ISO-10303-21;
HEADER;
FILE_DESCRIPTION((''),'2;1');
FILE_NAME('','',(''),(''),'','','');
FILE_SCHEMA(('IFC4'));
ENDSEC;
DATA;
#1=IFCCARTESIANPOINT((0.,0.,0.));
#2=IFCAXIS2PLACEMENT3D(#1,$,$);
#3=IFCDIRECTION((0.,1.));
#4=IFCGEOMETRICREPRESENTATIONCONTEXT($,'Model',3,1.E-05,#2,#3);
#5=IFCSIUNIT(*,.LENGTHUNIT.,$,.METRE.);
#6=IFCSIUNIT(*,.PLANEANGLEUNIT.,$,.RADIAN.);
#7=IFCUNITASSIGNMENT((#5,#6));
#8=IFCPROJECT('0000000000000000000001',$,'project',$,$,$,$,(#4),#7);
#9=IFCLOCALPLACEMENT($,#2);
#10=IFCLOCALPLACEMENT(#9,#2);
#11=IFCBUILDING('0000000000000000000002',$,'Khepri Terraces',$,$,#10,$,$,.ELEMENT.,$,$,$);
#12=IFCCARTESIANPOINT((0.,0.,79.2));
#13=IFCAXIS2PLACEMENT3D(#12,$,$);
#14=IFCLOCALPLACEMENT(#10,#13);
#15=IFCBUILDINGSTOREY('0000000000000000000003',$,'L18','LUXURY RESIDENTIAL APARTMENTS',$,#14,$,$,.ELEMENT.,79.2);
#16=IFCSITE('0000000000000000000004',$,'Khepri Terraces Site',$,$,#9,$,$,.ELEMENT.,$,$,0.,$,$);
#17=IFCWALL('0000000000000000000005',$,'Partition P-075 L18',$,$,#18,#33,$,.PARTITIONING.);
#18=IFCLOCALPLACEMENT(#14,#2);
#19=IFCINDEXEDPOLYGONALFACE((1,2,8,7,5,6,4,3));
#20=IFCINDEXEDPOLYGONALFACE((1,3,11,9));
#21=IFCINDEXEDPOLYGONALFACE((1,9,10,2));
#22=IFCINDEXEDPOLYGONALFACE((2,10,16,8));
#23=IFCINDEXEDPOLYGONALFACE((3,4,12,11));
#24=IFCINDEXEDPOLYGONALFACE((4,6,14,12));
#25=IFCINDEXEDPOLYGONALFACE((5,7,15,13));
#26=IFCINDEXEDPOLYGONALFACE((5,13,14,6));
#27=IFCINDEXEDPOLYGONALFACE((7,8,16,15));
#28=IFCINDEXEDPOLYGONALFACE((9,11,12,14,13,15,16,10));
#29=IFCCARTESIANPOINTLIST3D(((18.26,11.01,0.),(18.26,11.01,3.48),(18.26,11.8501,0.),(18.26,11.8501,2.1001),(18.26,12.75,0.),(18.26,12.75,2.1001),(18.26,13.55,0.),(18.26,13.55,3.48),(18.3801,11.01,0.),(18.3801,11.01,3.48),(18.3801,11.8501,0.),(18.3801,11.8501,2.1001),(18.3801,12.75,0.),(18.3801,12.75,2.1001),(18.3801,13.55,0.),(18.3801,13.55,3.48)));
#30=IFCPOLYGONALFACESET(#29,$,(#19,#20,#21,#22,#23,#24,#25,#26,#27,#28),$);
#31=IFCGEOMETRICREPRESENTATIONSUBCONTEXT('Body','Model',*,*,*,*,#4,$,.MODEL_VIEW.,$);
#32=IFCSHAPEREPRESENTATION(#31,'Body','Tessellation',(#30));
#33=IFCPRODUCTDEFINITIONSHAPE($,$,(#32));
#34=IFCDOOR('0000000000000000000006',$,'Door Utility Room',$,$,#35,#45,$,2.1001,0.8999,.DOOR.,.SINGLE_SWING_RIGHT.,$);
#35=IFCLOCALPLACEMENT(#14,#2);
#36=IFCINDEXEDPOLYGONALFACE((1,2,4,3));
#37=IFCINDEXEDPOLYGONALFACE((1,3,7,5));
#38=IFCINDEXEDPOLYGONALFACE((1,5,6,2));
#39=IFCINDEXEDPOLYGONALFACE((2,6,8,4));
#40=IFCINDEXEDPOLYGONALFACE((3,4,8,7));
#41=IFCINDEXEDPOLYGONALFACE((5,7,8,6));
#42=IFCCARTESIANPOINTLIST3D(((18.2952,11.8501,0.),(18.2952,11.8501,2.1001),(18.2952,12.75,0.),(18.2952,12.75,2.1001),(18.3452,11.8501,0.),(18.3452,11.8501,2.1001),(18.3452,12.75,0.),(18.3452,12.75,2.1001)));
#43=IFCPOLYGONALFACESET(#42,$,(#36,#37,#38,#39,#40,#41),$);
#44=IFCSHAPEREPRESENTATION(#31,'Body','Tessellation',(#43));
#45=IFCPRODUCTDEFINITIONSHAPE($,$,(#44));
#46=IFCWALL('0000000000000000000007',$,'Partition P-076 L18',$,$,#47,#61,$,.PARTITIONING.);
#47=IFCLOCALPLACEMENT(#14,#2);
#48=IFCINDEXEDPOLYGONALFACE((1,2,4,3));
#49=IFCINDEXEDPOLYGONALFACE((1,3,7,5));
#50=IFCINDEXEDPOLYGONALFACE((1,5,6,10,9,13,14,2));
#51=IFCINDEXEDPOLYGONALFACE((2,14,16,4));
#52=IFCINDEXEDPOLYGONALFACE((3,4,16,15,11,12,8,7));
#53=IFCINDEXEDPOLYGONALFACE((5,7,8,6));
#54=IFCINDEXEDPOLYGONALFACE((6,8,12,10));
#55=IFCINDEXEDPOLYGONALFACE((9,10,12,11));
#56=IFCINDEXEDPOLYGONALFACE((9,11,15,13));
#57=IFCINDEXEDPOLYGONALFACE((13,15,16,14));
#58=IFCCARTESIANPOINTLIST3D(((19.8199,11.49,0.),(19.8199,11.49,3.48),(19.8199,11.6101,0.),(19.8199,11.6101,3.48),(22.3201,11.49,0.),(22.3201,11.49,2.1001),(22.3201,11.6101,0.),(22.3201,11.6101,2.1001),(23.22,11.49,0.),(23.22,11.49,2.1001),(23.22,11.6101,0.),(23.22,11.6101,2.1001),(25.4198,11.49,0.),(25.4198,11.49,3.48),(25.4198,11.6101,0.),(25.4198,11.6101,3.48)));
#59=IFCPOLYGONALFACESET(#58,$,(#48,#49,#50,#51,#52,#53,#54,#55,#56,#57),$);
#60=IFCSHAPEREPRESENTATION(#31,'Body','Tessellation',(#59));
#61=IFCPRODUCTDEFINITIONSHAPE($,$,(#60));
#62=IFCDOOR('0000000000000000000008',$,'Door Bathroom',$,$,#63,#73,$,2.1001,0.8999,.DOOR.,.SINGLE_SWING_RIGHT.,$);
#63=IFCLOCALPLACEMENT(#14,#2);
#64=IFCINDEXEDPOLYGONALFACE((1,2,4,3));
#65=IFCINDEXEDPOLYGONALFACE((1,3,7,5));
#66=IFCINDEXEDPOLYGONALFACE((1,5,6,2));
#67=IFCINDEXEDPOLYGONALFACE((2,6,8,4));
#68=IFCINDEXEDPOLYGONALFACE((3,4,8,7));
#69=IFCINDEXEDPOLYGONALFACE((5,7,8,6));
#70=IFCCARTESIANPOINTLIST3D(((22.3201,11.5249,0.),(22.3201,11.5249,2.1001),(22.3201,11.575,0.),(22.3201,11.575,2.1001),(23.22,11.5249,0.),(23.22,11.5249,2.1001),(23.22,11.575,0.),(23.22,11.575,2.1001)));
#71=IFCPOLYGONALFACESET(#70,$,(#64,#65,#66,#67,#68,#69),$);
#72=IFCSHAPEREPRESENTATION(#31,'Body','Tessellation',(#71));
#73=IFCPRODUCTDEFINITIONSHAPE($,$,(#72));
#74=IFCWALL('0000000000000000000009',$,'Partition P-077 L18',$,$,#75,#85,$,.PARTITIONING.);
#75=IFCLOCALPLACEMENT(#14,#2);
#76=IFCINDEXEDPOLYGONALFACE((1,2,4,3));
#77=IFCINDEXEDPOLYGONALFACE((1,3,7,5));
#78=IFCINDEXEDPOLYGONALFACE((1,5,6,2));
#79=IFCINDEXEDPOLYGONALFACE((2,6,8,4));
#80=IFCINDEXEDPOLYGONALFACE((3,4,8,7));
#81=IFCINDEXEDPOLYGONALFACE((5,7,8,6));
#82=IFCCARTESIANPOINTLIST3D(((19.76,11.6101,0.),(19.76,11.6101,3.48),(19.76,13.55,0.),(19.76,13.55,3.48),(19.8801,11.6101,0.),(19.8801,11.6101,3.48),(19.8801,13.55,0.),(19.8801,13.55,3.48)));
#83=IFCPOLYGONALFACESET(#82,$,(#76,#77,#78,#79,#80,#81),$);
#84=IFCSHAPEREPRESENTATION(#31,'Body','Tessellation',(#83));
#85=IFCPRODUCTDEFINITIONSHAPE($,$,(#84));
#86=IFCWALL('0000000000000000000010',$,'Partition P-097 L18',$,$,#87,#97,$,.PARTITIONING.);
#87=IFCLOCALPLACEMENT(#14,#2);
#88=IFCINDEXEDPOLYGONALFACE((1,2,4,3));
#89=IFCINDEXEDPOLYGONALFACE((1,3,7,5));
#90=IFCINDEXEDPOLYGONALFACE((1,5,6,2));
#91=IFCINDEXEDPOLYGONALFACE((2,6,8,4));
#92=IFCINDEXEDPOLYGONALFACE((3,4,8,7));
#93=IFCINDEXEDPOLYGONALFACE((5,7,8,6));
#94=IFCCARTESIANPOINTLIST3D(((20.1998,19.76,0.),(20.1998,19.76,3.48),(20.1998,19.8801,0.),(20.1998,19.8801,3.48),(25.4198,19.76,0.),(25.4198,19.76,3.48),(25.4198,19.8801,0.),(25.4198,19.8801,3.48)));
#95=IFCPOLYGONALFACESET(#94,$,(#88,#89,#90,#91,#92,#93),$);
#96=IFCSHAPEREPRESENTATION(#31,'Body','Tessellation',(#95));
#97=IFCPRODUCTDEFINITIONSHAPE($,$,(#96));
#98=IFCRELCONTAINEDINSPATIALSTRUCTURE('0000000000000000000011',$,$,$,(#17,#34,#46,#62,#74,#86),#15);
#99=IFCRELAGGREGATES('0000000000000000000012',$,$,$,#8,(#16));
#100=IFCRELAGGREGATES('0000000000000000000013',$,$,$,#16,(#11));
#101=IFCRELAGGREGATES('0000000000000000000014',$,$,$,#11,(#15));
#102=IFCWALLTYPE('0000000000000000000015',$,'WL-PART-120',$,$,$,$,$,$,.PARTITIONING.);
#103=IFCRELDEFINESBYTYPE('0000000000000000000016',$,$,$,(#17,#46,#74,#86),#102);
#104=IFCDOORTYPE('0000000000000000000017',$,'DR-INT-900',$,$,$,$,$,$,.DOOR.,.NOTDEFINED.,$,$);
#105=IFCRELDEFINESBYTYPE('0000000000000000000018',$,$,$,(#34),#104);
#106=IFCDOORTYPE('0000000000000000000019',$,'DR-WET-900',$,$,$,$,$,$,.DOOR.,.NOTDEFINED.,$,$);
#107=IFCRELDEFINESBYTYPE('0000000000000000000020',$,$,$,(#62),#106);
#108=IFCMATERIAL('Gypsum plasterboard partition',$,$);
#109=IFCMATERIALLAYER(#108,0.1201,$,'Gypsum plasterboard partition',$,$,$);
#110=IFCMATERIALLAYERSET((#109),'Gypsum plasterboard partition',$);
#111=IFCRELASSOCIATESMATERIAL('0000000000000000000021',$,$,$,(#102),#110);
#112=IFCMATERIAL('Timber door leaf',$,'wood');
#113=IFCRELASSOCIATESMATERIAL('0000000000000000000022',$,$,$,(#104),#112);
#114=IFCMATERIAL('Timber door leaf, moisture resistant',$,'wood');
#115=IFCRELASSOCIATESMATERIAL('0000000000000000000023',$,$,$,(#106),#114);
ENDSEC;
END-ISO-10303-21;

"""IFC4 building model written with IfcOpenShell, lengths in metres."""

from ifc_helpers import new_model, si_unit, direction, frame, frame_2d, origin, place, context, subcontext, project, spatial, rectangle, extrude, material, layer, layer_set, type_object, element, fill, save


model = new_model("IFC4")

# Units and contexts
model_context = context("Model", 3, precision=1e-05, world=origin(), true_north=direction((0.0, 1.0)))
body_context = subcontext(model_context, "Body", "Model", "MODEL_VIEW")
ifc_project = project(units=[si_unit("LENGTHUNIT", "METRE"), si_unit("PLANEANGLEUNIT", "RADIAN")], contexts=[model_context])

# Site, building, storey
site_placement = place(None, origin())
site = spatial("IfcSite", under=ifc_project, at=site_placement, Name="Khepri Terraces Site", CompositionType="ELEMENT", RefElevation=0.0)
building_placement = place(site_placement, origin())
building = spatial("IfcBuilding", under=site, at=building_placement, Name="Khepri Terraces", CompositionType="ELEMENT")
storey_placement = place(building_placement, frame((0.0, 0.0, 79.2)))
storey = spatial("IfcBuildingStorey", under=building, at=storey_placement, Name="L18", Description="LUXURY RESIDENTIAL APARTMENTS", CompositionType="ELEMENT", Elevation=79.2)

# Walls, openings, doors
ifc_material_1 = material(Name="Gypsum plasterboard partition")
ifc_layer_1 = layer(ifc_material_1, 0.1201, Name="Gypsum plasterboard partition")
ifc_layer_set_1 = layer_set([ifc_layer_1], Name="Gypsum plasterboard partition")
wall_type_1 = type_object("IfcWallType", Name="WL-PART-120", PredefinedType="PARTITIONING", material=ifc_layer_set_1)
wall_1_placement = place(storey_placement, frame((18.3201, 11.01, 0.0), z_axis=(0.0, 0.0, 1.0), x_axis=(0.0, 1.0, 0.0)))
wall_1 = element("IfcWall", 1, at=wall_1_placement, inside=storey, type_object=wall_type_1, Name="Partition P-075 L18", PredefinedType="PARTITIONING", context=body_context, shape_type="SweptSolid", body=[
    extrude(rectangle(XDim=2.54, YDim=0.1201, at=frame_2d((1.27, 0.0))), origin(), (0.0, 0.0, 1.0), 3.48),
])
opening_1_placement = place(wall_1_placement, frame((0.8401, 0.0, 0.0)))
opening_1 = element("IfcOpeningElement", 2, at=opening_1_placement, cuts=wall_1, PredefinedType="OPENING", context=body_context, shape_type="SweptSolid", body=[
    extrude(rectangle(XDim=0.8999, YDim=2.1001, at=frame_2d((0.45, 1.05))), frame((0.0, 0.0701, 0.0), z_axis=(0.0, -1.0, 0.0), x_axis=(1.0, 0.0, 0.0)), (0.0, 0.0, 1.0), 0.1401),
])
ifc_material_2 = material(Name="Timber door leaf", Category="wood")
door_type_1 = type_object("IfcDoorType", Name="DR-INT-900", OperationType="NOTDEFINED", PredefinedType="DOOR", material=ifc_material_2)
door_1_placement = place(opening_1_placement, origin())
door_1 = element("IfcDoor", 3, at=door_1_placement, inside=storey, type_object=door_type_1, Name="Door Utility Room", OperationType="SINGLE_SWING_RIGHT", OverallHeight=2.1001, OverallWidth=0.8999, PredefinedType="DOOR", context=body_context, shape_type="SweptSolid", body=[
    extrude(rectangle(XDim=0.8999, YDim=2.1001, at=frame_2d((0.45, 1.05))), frame((0.0, 0.0249, 0.0), z_axis=(0.0, -1.0, 0.0), x_axis=(1.0, 0.0, 0.0)), (0.0, 0.0, 1.0), 0.05),
])
fill(opening_1, door_1)
wall_2_placement = place(storey_placement, frame((19.8201, 11.55, 0.0), z_axis=(0.0, 0.0, 1.0), x_axis=(1.0, 0.0, 0.0)))
wall_2 = element("IfcWall", 4, at=wall_2_placement, inside=storey, type_object=wall_type_1, Name="Partition P-076 L18", PredefinedType="PARTITIONING", context=body_context, shape_type="SweptSolid", body=[
    extrude(rectangle(XDim=5.5999, YDim=0.1201, at=frame_2d((2.7998, 0.0))), origin(), (0.0, 0.0, 1.0), 3.48),
])
opening_2_placement = place(wall_2_placement, frame((2.5, 0.0, 0.0)))
opening_2 = element("IfcOpeningElement", 5, at=opening_2_placement, cuts=wall_2, PredefinedType="OPENING", context=body_context, shape_type="SweptSolid", body=[
    extrude(rectangle(XDim=0.8999, YDim=2.1001, at=frame_2d((0.45, 1.05))), frame((0.0, 0.0701, 0.0), z_axis=(0.0, -1.0, 0.0), x_axis=(1.0, 0.0, 0.0)), (0.0, 0.0, 1.0), 0.1401),
])
ifc_material_3 = material(Name="Timber door leaf, moisture resistant", Category="wood")
door_type_2 = type_object("IfcDoorType", Name="DR-WET-900", OperationType="NOTDEFINED", PredefinedType="DOOR", material=ifc_material_3)
door_2_placement = place(opening_2_placement, origin())
door_2 = element("IfcDoor", 6, at=door_2_placement, inside=storey, type_object=door_type_2, Name="Door Bathroom", OperationType="SINGLE_SWING_RIGHT", OverallHeight=2.1001, OverallWidth=0.8999, PredefinedType="DOOR", context=body_context, shape_type="SweptSolid", body=[
    extrude(rectangle(XDim=0.8999, YDim=2.1001, at=frame_2d((0.45, 1.05))), frame((0.0, 0.0249, 0.0), z_axis=(0.0, -1.0, 0.0), x_axis=(1.0, 0.0, 0.0)), (0.0, 0.0, 1.0), 0.05),
])
fill(opening_2, door_2)

# Walls
wall_3_placement = place(storey_placement, frame((19.8201, 11.6101, 0.0), z_axis=(0.0, 0.0, 1.0), x_axis=(0.0, 1.0, 0.0)))
element("IfcWall", 7, at=wall_3_placement, inside=storey, type_object=wall_type_1, Name="Partition P-077 L18", PredefinedType="PARTITIONING", context=body_context, shape_type="SweptSolid", body=[
    extrude(rectangle(XDim=1.9399, YDim=0.1201, at=frame_2d((0.97, 0.0))), origin(), (0.0, 0.0, 1.0), 3.48),
])
wall_4_placement = place(storey_placement, frame((20.2, 19.8201, 0.0), z_axis=(0.0, 0.0, 1.0), x_axis=(1.0, 0.0, 0.0)))
element("IfcWall", 8, at=wall_4_placement, inside=storey, type_object=wall_type_1, Name="Partition P-097 L18", PredefinedType="PARTITIONING", context=body_context, shape_type="SweptSolid", body=[
    extrude(rectangle(XDim=5.22, YDim=0.1201, at=frame_2d((2.6099, 0.0))), origin(), (0.0, 0.0, 1.0), 3.48),
])

save(model, "model.ifc")
